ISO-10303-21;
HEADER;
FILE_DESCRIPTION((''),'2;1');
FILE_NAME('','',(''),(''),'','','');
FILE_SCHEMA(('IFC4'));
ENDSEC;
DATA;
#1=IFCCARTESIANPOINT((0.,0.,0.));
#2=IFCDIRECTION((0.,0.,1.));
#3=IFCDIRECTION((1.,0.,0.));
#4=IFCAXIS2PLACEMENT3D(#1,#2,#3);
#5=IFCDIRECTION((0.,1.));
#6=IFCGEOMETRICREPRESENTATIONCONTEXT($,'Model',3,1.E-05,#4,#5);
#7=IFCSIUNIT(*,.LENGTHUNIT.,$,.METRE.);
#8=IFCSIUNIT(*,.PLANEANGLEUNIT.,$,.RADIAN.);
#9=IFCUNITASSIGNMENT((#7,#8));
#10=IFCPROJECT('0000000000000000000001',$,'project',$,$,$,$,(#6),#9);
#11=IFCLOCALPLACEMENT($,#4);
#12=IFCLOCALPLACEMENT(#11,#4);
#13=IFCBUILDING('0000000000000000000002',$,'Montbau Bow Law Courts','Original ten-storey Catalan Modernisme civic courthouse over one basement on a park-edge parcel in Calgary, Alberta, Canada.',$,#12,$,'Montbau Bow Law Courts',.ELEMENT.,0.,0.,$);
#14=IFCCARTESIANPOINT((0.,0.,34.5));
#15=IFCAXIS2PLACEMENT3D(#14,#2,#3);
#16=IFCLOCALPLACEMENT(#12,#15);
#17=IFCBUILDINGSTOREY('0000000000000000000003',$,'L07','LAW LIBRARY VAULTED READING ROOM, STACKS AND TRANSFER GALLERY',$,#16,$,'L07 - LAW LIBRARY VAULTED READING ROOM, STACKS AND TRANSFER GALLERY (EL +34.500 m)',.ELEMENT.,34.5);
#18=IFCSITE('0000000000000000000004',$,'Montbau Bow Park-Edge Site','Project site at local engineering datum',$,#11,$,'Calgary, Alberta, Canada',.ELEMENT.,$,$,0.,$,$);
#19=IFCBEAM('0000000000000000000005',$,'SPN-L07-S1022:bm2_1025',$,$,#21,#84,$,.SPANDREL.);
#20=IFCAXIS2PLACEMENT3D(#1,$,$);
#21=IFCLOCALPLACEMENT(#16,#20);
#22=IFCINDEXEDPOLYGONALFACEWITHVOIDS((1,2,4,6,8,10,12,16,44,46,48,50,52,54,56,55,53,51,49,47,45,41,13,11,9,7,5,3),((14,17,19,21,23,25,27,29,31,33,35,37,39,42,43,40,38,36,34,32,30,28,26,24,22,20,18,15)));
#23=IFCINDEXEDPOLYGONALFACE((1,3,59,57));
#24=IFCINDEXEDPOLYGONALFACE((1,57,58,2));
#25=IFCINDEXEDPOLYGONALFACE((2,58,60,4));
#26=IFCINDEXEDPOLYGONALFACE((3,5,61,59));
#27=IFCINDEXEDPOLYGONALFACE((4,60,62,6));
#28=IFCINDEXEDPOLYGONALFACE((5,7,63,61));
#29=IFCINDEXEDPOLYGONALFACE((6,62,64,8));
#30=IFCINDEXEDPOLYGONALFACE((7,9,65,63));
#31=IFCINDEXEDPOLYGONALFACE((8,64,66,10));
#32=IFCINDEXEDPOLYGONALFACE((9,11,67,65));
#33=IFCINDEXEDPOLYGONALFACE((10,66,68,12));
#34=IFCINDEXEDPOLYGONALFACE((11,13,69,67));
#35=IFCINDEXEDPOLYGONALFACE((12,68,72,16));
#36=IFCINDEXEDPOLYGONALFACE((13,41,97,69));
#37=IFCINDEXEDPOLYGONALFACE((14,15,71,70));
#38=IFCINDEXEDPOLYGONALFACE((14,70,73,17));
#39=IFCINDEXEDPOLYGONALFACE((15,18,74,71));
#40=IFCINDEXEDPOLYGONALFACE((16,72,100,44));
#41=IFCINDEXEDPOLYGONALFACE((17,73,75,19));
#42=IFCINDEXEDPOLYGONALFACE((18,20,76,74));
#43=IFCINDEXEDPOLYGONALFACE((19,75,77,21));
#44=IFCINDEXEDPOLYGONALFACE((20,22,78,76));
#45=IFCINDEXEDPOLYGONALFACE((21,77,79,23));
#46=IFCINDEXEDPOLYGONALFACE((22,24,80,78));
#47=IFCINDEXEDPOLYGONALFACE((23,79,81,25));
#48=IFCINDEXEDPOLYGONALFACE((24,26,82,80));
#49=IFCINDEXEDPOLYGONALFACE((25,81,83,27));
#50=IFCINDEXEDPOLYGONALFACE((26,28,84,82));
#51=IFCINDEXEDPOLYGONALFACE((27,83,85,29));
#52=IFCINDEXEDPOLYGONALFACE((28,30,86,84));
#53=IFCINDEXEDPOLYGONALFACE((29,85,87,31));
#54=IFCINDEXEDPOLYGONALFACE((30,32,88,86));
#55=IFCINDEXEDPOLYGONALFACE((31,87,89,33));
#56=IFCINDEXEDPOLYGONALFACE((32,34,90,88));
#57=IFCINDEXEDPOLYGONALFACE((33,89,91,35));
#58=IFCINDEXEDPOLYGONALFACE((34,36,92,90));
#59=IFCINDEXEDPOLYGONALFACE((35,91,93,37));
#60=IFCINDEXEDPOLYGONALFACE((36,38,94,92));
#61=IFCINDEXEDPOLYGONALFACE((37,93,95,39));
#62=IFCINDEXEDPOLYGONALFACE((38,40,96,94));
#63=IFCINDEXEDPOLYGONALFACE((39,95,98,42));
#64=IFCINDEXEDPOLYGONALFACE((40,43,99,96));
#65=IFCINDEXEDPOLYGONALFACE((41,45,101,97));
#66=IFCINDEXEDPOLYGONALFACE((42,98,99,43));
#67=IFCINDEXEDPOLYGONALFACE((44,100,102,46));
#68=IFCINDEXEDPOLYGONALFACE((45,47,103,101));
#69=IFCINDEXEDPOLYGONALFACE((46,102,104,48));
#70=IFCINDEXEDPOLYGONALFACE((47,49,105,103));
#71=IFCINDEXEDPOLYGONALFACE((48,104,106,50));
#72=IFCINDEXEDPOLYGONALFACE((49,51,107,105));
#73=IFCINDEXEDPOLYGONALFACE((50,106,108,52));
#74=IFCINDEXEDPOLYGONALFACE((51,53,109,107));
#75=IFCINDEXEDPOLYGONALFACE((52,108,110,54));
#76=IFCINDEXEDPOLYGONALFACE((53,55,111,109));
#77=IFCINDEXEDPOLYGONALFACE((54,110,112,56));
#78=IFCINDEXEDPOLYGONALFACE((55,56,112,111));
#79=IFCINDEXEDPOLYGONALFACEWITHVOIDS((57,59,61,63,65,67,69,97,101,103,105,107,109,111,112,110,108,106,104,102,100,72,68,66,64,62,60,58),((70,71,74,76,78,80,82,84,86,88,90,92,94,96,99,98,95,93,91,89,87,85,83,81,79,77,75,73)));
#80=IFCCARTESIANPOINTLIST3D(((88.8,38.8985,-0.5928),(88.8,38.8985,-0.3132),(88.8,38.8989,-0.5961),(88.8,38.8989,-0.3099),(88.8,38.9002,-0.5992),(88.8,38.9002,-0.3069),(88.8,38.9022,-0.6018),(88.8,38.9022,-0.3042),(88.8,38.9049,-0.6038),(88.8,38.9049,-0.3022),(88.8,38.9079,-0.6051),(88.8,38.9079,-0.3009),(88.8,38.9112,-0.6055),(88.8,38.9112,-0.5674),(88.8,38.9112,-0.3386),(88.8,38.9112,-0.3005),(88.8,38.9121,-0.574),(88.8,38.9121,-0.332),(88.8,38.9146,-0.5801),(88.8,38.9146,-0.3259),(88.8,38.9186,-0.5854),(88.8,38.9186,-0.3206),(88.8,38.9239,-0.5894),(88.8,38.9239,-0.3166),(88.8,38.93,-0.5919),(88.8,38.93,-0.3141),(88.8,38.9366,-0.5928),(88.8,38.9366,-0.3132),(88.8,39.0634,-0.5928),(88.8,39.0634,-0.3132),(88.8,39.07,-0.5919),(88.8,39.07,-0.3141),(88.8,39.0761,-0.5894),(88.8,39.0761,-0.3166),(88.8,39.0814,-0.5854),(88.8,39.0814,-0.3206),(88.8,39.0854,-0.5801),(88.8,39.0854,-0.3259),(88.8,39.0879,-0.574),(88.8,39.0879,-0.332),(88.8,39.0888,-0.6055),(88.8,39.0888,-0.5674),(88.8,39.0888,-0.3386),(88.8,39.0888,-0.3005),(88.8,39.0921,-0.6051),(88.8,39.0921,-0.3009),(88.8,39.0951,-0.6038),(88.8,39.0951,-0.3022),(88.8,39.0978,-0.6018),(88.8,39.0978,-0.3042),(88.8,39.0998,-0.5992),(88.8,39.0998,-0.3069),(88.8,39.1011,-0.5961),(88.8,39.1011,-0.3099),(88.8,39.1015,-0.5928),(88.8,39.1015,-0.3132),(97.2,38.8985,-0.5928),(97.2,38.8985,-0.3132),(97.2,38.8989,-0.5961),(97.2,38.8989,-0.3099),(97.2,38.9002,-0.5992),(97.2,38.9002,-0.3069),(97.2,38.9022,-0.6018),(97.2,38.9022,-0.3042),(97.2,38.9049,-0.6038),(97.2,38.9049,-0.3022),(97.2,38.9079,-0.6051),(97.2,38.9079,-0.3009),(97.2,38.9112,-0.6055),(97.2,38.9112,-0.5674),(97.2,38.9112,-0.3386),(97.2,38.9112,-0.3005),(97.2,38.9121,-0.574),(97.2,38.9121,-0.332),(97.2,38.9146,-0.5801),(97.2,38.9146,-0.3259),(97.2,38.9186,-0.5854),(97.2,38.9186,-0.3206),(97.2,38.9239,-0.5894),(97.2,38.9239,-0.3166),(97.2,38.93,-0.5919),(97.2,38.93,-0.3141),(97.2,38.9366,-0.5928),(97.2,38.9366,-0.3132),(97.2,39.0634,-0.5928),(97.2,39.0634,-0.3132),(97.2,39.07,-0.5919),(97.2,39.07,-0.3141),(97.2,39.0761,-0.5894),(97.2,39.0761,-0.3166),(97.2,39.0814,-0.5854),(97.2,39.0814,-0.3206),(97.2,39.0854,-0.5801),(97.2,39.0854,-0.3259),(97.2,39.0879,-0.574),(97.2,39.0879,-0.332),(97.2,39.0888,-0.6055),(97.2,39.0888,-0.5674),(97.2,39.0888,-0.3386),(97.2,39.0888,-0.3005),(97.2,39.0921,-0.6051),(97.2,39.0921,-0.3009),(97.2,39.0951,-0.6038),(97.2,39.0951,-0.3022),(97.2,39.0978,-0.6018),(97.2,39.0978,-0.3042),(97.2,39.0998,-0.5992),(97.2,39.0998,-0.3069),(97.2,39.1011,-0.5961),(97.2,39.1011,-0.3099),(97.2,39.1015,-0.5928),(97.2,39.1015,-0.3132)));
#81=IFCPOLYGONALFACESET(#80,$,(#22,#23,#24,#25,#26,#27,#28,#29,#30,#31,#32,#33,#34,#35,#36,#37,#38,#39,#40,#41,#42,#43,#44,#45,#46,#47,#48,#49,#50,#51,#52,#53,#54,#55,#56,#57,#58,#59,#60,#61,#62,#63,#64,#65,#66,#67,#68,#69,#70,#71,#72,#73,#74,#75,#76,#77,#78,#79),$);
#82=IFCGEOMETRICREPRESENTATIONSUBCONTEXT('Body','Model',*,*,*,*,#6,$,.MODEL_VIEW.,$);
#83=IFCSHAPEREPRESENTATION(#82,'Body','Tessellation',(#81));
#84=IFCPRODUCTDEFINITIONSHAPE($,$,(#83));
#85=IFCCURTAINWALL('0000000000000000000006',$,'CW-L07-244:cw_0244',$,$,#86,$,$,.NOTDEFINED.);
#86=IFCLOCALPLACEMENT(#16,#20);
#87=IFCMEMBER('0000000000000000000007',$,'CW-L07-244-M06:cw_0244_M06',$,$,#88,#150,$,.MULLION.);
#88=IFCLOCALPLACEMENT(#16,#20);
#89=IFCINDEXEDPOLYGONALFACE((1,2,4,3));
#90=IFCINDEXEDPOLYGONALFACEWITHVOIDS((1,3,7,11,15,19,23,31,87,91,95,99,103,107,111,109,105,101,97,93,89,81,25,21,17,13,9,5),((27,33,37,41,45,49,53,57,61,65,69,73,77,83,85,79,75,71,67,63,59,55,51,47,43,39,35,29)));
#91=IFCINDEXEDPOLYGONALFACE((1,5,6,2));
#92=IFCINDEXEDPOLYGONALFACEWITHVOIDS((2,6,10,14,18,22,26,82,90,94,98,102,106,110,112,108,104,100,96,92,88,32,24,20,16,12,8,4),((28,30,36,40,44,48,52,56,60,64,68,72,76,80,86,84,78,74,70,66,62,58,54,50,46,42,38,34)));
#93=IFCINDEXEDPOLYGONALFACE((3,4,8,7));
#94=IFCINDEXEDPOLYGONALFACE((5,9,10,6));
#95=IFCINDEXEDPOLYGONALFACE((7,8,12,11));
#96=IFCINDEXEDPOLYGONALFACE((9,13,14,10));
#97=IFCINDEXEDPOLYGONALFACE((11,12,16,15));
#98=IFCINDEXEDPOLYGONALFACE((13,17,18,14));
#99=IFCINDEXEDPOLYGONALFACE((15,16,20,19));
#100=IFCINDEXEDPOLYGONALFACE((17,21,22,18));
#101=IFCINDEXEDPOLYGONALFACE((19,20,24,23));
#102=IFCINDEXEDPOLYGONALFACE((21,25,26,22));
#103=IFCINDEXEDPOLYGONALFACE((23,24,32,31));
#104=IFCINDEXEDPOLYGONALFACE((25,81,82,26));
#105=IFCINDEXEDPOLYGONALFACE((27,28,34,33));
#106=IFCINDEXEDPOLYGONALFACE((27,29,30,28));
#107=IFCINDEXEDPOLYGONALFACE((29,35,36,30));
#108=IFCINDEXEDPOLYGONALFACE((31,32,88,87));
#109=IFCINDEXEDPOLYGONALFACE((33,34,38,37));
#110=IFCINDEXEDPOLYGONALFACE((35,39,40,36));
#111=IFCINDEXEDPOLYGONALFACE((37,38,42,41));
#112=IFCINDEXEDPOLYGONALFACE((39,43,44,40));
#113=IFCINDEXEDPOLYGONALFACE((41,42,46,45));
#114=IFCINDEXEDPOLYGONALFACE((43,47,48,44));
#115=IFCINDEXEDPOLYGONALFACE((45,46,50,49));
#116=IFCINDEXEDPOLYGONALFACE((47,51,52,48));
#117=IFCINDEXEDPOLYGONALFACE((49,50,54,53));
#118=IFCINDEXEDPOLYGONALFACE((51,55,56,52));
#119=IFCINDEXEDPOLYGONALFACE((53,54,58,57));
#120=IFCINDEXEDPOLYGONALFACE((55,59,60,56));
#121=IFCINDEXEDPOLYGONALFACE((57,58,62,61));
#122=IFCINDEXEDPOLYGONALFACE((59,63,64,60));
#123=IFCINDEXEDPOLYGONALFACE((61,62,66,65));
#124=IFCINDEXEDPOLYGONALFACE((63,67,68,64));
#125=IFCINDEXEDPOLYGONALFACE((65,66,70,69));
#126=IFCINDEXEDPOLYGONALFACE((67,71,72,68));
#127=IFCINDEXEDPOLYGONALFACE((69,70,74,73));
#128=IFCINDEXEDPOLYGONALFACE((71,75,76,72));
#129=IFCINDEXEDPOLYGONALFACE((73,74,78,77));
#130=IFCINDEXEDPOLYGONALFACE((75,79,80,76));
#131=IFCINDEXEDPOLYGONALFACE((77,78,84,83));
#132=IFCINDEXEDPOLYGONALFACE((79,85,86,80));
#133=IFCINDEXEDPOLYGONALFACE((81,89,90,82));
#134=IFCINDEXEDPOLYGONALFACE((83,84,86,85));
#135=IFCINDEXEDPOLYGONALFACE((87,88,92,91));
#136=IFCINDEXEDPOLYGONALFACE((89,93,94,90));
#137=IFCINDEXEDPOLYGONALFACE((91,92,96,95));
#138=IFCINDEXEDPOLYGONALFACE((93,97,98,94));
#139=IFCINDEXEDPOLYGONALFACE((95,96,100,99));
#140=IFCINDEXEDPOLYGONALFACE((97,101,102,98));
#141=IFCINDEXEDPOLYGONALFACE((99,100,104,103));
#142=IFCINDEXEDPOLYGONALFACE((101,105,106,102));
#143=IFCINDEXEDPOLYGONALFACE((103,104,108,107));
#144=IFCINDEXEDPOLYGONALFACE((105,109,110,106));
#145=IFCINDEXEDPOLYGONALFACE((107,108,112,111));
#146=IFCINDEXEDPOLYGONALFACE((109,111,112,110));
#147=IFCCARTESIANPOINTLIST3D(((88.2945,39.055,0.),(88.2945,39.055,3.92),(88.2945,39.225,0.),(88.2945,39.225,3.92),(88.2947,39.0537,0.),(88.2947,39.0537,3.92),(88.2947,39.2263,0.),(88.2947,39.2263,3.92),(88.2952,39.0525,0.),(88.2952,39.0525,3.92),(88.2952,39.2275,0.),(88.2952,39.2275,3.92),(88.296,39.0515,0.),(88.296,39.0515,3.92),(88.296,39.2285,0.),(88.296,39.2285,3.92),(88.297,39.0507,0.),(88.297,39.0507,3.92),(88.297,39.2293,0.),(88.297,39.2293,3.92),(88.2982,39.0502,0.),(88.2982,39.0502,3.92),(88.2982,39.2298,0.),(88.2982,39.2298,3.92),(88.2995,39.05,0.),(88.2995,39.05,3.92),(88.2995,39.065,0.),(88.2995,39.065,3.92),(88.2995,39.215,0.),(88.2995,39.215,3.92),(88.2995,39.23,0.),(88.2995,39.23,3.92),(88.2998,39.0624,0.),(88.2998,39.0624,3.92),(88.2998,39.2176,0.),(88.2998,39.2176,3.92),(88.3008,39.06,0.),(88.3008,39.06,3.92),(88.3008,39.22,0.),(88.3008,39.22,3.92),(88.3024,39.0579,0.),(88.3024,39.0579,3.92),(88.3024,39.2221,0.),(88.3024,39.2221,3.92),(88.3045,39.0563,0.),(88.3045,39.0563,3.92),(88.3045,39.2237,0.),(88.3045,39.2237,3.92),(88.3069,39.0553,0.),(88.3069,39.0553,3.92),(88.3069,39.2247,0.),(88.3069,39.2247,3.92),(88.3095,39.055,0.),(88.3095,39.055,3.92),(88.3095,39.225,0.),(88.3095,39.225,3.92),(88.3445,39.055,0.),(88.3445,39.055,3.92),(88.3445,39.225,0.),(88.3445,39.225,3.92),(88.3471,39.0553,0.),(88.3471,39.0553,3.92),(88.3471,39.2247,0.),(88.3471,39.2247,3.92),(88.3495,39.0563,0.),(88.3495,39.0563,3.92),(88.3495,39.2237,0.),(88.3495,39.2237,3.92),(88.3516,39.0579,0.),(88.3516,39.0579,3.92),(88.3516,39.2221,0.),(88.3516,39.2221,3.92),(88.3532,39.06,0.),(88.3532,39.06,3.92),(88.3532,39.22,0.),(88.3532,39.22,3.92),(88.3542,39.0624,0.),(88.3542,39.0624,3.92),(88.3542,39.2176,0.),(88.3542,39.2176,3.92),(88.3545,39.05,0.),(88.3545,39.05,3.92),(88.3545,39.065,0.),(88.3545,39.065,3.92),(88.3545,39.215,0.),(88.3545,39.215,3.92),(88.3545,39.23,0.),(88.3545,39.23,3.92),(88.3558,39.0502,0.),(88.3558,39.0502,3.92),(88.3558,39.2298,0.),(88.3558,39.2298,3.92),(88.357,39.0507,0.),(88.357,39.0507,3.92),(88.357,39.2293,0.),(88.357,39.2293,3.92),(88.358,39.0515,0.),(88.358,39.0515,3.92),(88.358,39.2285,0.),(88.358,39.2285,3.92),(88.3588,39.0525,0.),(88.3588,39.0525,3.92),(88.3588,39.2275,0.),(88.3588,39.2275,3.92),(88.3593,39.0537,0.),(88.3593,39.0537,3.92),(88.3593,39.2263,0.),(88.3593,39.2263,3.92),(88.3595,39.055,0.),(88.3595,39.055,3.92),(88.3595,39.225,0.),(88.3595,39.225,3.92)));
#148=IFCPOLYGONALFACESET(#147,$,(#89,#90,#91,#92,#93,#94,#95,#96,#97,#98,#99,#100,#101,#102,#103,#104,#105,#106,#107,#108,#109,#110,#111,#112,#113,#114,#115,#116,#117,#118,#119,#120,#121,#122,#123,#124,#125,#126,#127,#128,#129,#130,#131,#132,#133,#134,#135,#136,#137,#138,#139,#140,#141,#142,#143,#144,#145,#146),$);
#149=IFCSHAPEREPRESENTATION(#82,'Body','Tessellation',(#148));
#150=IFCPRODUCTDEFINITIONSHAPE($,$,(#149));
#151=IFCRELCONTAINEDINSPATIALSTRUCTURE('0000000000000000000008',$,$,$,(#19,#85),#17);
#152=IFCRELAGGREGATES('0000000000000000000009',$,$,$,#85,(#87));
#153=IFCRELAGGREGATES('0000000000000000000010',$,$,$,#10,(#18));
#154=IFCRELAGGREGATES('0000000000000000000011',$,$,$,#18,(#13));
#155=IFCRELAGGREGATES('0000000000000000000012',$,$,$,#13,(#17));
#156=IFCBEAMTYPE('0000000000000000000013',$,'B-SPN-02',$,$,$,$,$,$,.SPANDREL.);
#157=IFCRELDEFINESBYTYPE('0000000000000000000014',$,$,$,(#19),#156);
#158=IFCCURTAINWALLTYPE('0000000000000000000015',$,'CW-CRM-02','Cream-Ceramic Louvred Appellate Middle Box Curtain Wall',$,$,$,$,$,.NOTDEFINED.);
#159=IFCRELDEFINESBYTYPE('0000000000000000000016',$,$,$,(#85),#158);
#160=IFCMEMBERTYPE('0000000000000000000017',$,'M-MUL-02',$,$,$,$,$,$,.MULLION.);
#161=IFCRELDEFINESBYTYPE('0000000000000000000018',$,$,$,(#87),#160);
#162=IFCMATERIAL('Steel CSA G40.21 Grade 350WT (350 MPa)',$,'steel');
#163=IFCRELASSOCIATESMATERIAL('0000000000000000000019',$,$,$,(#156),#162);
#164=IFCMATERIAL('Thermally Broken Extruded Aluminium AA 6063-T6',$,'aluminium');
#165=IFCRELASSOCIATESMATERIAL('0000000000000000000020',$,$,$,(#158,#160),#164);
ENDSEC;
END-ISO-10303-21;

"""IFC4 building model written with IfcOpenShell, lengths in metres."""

from ifc_helpers import new_model, si_unit, direction, frame, origin_with_axes, origin_2d_with_axis, place, context, subcontext, project, spatial, hollow_rectangle, extrude, material, material_profile, profile_set, type_object, element, aggregate, save


model = new_model("IFC4")

# Units and contexts
model_context = context("Model", 3, precision=1e-05, world=origin_with_axes(), true_north=direction((0.0, 1.0)))
body_context = subcontext(model_context, "Body", "Model", "MODEL_VIEW")
ifc_project = project(units=[si_unit("LENGTHUNIT", "METRE"), si_unit("PLANEANGLEUNIT", "RADIAN")], contexts=[model_context])

# Site, building, storey
site_placement = place(None, origin_with_axes())
site = spatial("IfcSite", under=ifc_project, at=site_placement, Name="Montbau Bow Park-Edge Site", Description="Project site at local engineering datum", LongName="Calgary, Alberta, Canada", CompositionType="ELEMENT", RefElevation=0.0)
building_placement = place(site_placement, origin_with_axes())
building = spatial("IfcBuilding", under=site, at=building_placement, Name="Montbau Bow Law Courts", Description="Original ten-storey Catalan Modernisme civic courthouse over one basement on a park-edge parcel in Calgary, Alberta, Canada.", LongName="Montbau Bow Law Courts", CompositionType="ELEMENT", ElevationOfRefHeight=0.0, ElevationOfTerrain=0.0)
storey_placement = place(building_placement, frame((0.0, 0.0, 34.5), z_axis=(0.0, 0.0, 1.0), x_axis=(1.0, 0.0, 0.0)))
storey = spatial("IfcBuildingStorey", under=building, at=storey_placement, Name="L07", Description="LAW LIBRARY VAULTED READING ROOM, STACKS AND TRANSFER GALLERY", LongName="L07 - LAW LIBRARY VAULTED READING ROOM, STACKS AND TRANSFER GALLERY (EL +34.500 m)", CompositionType="ELEMENT", Elevation=34.5)

# Beam
ifc_material_1 = material(Name="Steel CSA G40.21 Grade 350WT (350 MPa)", Category="steel")
ifc_material_profile_1 = material_profile(ifc_material_1, hollow_rectangle(XDim=0.203, YDim=0.305, WallThickness=0.0127, InnerFilletRadius=0.0254, OuterFilletRadius=0.0127, at=origin_2d_with_axis()), Name="HSS305X203X13", Category="Main", Priority=0)
ifc_profile_set_1 = profile_set([ifc_material_profile_1], Name="Steel CSA G40.21 Grade 350WT (350 MPa)")
beam_type_1 = type_object("IfcBeamType", Name="B-SPN-02", PredefinedType="SPANDREL", material=ifc_profile_set_1)
beam_1_placement = place(None, frame((88.8, 39.0, 34.047), z_axis=(1.0, 0.0, 0.0), x_axis=(0.0, 1.0, 0.0)))
element("IfcBeam", 1, at=beam_1_placement, inside=storey, type_object=beam_type_1, Name="SPN-L07-S1022:bm2_1025", PredefinedType="SPANDREL", context=body_context, shape_type="SweptSolid", body=[
    extrude(hollow_rectangle(XDim=0.203, YDim=0.305, WallThickness=0.0127, InnerFilletRadius=0.0254, OuterFilletRadius=0.0127, at=origin_2d_with_axis()), origin_with_axes(), (0.0, 0.0, 1.0), 8.4),
])

# Curtain wall, member
ifc_material_2 = material(Name="Thermally Broken Extruded Aluminium AA 6063-T6", Category="aluminium")
curtain_wall_type = type_object("IfcCurtainWallType", Name="CW-CRM-02", Description="Cream-Ceramic Louvred Appellate Middle Box Curtain Wall", PredefinedType="NOTDEFINED", material=ifc_material_2)
curtain_wall_1_placement = place(None, frame((80.84, 39.14, 34.5), z_axis=(0.0, 0.0, 1.0), x_axis=(1.0, 0.0, 0.0)))
curtain_wall_1 = element("IfcCurtainWall", 2, at=curtain_wall_1_placement, inside=storey, type_object=curtain_wall_type, Name="CW-L07-244:cw_0244", PredefinedType="NOTDEFINED")
ifc_material_profile_2 = material_profile(ifc_material_2, hollow_rectangle(XDim=0.065, YDim=0.18, WallThickness=0.005, InnerFilletRadius=0.01, OuterFilletRadius=0.005, at=origin_2d_with_axis()), Name="CWM-180X65", Category="Main", Priority=0)
ifc_profile_set_2 = profile_set([ifc_material_profile_2], Name="Thermally Broken Extruded Aluminium AA 6063-T6")
member_type_1 = type_object("IfcMemberType", Name="M-MUL-02", PredefinedType="MULLION", material=ifc_profile_set_2)
member_1_placement = place(None, frame((88.327, 39.14, 34.5), z_axis=(0.0, 0.0, 1.0), x_axis=(1.0, 0.0, 0.0)))
member_1 = element("IfcMember", 3, at=member_1_placement, type_object=member_type_1, Name="CW-L07-244-M06:cw_0244_M06", PredefinedType="MULLION", context=body_context, shape_type="SweptSolid", body=[
    extrude(hollow_rectangle(XDim=0.065, YDim=0.18, WallThickness=0.005, InnerFilletRadius=0.01, OuterFilletRadius=0.005, at=origin_2d_with_axis()), origin_with_axes(), (0.0, 0.0, 1.0), 3.92),
])
aggregate(curtain_wall_1, [member_1])

save(model, "model.ifc")
